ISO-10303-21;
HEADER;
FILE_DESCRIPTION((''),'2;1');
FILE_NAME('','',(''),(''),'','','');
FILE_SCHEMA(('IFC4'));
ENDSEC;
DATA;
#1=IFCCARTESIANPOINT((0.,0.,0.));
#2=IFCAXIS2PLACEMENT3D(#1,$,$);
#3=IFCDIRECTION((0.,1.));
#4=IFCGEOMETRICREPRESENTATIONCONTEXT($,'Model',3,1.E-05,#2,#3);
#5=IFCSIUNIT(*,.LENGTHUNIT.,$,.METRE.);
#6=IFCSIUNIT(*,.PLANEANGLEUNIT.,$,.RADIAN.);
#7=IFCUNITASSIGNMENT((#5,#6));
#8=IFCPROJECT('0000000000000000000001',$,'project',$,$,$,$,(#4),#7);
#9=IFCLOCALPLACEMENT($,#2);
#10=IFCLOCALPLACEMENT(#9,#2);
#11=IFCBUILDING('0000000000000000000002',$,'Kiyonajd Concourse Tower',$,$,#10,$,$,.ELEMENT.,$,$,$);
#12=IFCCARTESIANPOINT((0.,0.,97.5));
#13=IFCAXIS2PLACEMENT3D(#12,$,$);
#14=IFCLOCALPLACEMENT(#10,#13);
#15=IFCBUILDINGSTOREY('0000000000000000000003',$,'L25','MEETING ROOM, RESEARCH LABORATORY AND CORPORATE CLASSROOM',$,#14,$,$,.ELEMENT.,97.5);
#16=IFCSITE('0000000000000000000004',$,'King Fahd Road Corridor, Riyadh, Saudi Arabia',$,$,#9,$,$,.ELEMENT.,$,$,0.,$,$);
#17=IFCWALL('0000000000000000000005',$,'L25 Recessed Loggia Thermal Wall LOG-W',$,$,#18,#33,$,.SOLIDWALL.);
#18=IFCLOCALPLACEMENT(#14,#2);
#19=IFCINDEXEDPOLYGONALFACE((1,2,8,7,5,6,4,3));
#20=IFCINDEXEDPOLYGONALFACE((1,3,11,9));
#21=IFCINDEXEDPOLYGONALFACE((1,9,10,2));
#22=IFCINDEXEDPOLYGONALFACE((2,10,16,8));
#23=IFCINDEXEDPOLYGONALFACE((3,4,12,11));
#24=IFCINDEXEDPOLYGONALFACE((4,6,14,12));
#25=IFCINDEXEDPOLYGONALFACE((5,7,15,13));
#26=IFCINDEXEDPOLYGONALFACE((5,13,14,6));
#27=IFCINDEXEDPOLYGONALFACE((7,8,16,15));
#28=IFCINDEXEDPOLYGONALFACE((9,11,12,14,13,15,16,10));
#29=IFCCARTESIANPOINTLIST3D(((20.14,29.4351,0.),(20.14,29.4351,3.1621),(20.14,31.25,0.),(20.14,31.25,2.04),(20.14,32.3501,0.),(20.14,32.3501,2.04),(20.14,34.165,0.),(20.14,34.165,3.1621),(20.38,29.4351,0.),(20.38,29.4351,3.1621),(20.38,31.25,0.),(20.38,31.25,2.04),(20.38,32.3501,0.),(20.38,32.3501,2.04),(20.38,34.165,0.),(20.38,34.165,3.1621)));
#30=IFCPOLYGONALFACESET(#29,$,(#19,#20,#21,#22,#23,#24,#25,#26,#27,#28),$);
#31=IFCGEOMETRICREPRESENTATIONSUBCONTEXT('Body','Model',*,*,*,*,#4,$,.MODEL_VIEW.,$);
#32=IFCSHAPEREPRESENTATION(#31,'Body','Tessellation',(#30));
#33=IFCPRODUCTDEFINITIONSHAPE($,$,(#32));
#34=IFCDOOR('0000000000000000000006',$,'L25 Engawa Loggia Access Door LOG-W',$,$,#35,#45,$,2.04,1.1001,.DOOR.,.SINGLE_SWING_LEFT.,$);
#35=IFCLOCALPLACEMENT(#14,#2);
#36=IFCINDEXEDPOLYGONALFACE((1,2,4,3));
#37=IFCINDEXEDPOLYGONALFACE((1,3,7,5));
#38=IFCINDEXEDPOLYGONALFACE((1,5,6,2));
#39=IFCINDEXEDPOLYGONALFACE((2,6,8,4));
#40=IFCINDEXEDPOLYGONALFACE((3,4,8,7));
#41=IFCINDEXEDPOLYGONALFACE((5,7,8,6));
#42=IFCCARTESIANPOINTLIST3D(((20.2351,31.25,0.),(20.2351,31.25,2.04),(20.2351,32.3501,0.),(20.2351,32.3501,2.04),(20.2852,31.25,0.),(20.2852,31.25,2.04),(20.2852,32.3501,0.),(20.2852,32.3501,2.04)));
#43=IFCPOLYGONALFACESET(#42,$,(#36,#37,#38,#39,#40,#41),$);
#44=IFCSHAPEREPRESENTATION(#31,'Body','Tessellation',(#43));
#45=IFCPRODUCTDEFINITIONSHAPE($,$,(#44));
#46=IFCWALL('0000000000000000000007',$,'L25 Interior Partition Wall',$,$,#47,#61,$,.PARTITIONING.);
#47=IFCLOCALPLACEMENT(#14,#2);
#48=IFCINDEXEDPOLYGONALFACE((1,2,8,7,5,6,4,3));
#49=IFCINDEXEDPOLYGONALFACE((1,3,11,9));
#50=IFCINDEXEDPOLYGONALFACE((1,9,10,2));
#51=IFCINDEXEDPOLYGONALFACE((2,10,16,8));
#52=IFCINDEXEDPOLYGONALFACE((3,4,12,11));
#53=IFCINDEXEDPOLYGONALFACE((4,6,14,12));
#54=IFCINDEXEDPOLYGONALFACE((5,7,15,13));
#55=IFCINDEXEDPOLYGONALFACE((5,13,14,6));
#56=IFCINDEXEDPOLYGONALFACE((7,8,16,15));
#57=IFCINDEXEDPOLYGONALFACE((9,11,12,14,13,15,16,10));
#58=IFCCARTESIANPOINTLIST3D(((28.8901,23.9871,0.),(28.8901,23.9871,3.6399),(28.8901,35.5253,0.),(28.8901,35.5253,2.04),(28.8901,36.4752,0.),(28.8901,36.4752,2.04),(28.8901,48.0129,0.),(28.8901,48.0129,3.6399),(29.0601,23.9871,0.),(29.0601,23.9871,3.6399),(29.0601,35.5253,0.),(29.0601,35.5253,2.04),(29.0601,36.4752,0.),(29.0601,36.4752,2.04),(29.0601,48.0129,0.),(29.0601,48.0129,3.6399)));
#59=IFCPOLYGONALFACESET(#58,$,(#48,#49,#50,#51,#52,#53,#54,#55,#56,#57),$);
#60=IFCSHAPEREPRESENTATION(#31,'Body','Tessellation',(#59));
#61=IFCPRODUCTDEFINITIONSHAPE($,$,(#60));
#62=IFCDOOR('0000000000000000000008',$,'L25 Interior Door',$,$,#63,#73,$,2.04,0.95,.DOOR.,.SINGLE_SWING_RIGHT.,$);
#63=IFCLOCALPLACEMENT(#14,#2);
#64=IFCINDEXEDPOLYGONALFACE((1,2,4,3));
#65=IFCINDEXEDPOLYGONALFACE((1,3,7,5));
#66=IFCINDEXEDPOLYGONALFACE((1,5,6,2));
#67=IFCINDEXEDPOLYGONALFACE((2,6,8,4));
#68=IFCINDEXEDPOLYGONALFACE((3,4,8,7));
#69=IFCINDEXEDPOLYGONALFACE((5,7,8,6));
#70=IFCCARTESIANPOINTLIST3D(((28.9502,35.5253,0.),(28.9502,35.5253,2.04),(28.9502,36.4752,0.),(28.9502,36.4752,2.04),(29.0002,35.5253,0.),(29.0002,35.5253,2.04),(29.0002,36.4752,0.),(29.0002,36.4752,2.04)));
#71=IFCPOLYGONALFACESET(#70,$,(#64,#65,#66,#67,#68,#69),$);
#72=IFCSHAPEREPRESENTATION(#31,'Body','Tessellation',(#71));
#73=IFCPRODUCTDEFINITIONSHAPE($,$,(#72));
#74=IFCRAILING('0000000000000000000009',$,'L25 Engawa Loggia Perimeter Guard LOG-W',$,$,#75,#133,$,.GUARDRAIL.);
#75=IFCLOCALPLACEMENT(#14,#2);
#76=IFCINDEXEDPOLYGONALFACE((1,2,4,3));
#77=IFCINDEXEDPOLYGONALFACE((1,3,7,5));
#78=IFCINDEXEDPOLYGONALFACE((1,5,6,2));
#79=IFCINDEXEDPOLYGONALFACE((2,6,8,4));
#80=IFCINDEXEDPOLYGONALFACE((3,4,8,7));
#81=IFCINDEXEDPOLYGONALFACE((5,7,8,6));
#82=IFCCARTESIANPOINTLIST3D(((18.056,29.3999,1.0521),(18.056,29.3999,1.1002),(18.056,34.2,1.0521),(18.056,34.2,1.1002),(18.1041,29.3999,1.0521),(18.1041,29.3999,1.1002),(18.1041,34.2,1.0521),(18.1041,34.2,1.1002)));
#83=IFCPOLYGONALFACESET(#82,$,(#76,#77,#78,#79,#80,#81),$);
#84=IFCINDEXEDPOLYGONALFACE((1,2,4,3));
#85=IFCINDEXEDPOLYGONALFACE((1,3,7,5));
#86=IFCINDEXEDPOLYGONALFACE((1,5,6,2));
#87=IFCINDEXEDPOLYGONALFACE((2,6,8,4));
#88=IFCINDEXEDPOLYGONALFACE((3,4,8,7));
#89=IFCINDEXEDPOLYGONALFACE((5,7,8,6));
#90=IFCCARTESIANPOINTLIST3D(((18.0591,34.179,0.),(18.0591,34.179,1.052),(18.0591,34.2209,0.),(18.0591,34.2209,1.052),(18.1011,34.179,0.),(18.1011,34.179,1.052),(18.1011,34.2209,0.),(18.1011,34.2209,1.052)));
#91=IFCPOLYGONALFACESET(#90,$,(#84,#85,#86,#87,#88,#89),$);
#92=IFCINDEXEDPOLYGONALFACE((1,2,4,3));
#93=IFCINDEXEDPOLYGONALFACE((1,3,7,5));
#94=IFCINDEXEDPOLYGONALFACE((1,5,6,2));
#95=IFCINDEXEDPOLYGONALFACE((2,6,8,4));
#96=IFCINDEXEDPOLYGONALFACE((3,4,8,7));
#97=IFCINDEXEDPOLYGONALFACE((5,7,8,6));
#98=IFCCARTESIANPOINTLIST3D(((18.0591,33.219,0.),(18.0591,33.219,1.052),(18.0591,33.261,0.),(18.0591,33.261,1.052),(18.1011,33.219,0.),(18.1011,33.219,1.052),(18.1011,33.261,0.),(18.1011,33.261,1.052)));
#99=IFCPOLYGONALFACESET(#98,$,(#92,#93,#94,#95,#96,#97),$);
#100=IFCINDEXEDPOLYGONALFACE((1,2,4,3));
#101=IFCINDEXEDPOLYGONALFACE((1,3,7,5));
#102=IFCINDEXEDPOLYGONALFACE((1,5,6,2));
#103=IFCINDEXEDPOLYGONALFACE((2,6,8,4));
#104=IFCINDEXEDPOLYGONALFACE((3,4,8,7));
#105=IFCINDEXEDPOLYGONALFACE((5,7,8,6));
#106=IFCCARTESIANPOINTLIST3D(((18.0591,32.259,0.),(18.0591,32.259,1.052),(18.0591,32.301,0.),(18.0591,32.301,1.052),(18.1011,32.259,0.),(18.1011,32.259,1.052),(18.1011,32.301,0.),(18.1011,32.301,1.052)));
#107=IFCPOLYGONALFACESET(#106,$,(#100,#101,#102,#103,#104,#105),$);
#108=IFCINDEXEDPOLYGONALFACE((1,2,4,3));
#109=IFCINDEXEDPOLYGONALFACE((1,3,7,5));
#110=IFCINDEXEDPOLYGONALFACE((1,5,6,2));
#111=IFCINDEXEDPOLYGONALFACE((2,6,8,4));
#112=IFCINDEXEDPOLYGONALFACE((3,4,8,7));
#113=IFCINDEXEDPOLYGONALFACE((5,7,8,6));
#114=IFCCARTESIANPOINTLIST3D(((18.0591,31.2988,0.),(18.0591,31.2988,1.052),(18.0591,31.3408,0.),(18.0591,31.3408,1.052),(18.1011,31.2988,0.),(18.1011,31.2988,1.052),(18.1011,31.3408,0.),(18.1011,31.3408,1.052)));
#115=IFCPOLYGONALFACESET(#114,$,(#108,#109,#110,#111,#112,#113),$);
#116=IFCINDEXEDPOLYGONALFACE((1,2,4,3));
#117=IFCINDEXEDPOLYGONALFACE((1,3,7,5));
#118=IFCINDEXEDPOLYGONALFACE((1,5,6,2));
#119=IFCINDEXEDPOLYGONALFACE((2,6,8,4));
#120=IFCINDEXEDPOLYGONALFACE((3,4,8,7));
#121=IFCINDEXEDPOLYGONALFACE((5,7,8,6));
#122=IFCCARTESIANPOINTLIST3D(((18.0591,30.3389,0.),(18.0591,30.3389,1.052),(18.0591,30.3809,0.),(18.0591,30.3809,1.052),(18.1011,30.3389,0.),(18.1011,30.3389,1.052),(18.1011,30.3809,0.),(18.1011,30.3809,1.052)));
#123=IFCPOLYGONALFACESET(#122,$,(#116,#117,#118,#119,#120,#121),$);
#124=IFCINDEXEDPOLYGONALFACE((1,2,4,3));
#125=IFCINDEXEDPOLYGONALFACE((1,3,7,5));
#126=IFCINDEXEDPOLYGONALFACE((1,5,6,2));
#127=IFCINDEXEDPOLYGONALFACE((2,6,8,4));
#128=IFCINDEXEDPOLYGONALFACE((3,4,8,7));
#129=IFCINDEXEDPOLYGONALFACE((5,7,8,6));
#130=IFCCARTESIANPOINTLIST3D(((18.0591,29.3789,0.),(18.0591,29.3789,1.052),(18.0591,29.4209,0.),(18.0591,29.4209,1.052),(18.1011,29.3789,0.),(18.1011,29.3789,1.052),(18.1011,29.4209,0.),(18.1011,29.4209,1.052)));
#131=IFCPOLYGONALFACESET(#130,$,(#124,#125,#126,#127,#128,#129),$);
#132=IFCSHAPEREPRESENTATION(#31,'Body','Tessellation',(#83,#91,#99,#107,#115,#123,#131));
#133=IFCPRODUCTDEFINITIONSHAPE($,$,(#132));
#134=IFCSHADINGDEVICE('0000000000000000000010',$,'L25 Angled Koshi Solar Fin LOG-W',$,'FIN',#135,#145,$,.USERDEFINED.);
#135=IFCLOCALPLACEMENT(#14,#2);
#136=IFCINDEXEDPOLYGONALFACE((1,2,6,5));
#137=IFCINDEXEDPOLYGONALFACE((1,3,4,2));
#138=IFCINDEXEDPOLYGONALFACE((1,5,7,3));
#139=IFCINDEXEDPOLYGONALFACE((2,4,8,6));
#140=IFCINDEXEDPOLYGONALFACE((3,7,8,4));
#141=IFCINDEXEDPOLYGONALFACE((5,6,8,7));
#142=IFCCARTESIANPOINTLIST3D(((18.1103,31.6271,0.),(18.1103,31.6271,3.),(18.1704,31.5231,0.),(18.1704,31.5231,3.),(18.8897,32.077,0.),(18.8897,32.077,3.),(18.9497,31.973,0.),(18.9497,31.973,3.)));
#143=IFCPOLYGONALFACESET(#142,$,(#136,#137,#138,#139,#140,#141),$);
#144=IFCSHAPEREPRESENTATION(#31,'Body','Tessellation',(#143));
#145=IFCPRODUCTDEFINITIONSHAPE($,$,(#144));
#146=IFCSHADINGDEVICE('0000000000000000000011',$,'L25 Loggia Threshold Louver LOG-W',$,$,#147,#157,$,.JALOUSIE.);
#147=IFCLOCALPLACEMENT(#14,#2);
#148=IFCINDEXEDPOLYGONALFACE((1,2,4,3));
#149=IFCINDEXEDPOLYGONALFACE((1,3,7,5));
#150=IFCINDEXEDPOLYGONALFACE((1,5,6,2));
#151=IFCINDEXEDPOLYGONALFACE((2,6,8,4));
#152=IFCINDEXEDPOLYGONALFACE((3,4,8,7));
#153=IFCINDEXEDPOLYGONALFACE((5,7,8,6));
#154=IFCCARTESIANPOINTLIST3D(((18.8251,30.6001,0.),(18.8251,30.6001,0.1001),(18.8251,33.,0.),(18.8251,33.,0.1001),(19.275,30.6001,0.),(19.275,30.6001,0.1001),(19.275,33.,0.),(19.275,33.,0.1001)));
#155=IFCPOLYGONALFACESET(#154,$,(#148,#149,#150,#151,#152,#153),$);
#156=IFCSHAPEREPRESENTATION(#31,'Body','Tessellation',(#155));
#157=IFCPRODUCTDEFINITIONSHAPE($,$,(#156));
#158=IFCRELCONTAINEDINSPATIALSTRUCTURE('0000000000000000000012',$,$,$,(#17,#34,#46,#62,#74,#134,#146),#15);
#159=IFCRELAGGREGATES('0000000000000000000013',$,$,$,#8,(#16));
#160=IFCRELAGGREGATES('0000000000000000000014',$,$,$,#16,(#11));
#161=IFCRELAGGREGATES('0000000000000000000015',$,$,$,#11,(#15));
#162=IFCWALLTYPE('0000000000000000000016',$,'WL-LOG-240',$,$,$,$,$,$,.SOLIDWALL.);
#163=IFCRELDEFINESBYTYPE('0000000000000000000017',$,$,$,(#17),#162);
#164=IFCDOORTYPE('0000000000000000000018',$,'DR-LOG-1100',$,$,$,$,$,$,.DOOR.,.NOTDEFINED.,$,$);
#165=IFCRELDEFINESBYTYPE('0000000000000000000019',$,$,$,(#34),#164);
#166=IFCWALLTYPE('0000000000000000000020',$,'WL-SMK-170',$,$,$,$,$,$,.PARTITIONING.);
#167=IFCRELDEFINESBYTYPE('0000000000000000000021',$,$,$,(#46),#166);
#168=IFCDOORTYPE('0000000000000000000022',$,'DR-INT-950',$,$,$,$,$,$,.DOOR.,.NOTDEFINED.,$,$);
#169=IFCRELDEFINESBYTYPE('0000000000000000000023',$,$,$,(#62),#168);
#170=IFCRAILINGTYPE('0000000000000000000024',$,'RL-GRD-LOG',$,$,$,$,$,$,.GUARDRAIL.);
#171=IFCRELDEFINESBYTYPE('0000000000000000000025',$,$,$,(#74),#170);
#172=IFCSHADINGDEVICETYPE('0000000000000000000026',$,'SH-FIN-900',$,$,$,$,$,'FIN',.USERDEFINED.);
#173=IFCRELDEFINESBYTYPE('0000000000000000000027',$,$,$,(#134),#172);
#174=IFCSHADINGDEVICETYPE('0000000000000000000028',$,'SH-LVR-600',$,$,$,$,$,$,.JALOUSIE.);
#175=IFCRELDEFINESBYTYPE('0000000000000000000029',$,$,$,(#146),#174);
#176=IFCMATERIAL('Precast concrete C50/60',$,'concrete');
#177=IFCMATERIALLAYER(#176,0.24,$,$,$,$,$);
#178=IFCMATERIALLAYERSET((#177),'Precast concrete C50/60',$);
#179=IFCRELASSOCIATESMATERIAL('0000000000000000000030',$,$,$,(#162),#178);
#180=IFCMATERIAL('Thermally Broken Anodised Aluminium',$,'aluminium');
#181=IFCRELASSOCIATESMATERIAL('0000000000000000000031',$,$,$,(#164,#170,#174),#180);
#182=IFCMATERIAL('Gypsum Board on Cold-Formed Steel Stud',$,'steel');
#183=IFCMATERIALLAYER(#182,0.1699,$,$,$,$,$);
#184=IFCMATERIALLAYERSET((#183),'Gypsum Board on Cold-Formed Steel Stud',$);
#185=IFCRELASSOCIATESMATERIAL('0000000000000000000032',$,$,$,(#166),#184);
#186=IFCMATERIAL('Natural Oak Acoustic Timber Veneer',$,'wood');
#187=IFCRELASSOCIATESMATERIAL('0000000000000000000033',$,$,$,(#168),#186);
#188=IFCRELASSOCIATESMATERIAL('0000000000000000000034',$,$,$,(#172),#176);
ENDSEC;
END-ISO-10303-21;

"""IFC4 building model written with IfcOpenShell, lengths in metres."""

from ifc_helpers import new_model, si_unit, direction, frame, frame_2d, origin, origin_2d, place, context, subcontext, project, spatial, rectangle, extrude, material, layer, layer_set, type_object, element, fill, save


model = new_model("IFC4")

# Units and contexts
model_context = context("Model", 3, precision=1e-05, world=origin(), true_north=direction((0.0, 1.0)))
body_context = subcontext(model_context, "Body", "Model", "MODEL_VIEW")
ifc_project = project(units=[si_unit("LENGTHUNIT", "METRE"), si_unit("PLANEANGLEUNIT", "RADIAN")], contexts=[model_context])

# Site, building, storey
site_placement = place(None, origin())
site = spatial("IfcSite", under=ifc_project, at=site_placement, Name="King Fahd Road Corridor, Riyadh, Saudi Arabia", CompositionType="ELEMENT", RefElevation=0.0)
building_placement = place(site_placement, origin())
building = spatial("IfcBuilding", under=site, at=building_placement, Name="Kiyonajd Concourse Tower", CompositionType="ELEMENT")
storey_placement = place(building_placement, frame((0.0, 0.0, 97.5)))
storey = spatial("IfcBuildingStorey", under=building, at=storey_placement, Name="L25", Description="MEETING ROOM, RESEARCH LABORATORY AND CORPORATE CLASSROOM", CompositionType="ELEMENT", Elevation=97.5)

# Shared definitions
ifc_material_1 = material(Name="Precast concrete C50/60", Category="concrete")

# Shared definitions
ifc_material_2 = material(Name="Thermally Broken Anodised Aluminium", Category="aluminium")

# Walls, openings, doors
ifc_layer_1 = layer(ifc_material_1, 0.24)
ifc_layer_set_1 = layer_set([ifc_layer_1], Name="Precast concrete C50/60")
wall_type_1 = type_object("IfcWallType", Name="WL-LOG-240", PredefinedType="SOLIDWALL", material=ifc_layer_set_1)
wall_1_placement = place(storey_placement, frame((20.26, 29.4351, 0.0), z_axis=(0.0, 0.0, 1.0), x_axis=(0.0, 1.0, 0.0)))
wall_1 = element("IfcWall", 1, at=wall_1_placement, inside=storey, type_object=wall_type_1, Name="L25 Recessed Loggia Thermal Wall LOG-W", PredefinedType="SOLIDWALL", context=body_context, shape_type="SweptSolid", body=[
    extrude(rectangle(XDim=4.73, YDim=0.24, at=frame_2d((2.365, 0.0))), origin(), (0.0, 0.0, 1.0), 3.1621),
])
opening_1_placement = place(wall_1_placement, frame((1.8149, 0.0, 0.0)))
opening_1 = element("IfcOpeningElement", 2, at=opening_1_placement, cuts=wall_1, PredefinedType="OPENING", context=body_context, shape_type="SweptSolid", body=[
    extrude(rectangle(XDim=1.1001, YDim=2.04, at=frame_2d((0.55, 1.02))), frame((0.0, 0.1299, 0.0), z_axis=(0.0, -1.0, 0.0), x_axis=(1.0, 0.0, 0.0)), (0.0, 0.0, 1.0), 0.26),
])
door_type_1 = type_object("IfcDoorType", Name="DR-LOG-1100", OperationType="NOTDEFINED", PredefinedType="DOOR", material=ifc_material_2)
door_1_placement = place(opening_1_placement, origin())
door_1 = element("IfcDoor", 3, at=door_1_placement, inside=storey, type_object=door_type_1, Name="L25 Engawa Loggia Access Door LOG-W", OperationType="SINGLE_SWING_LEFT", OverallHeight=2.04, OverallWidth=1.1001, PredefinedType="DOOR", context=body_context, shape_type="SweptSolid", body=[
    extrude(rectangle(XDim=1.1001, YDim=2.04, at=frame_2d((0.55, 1.02))), frame((0.0, 0.0249, 0.0), z_axis=(0.0, -1.0, 0.0), x_axis=(1.0, 0.0, 0.0)), (0.0, 0.0, 1.0), 0.05),
])
fill(opening_1, door_1)
ifc_material_3 = material(Name="Gypsum Board on Cold-Formed Steel Stud", Category="steel")
ifc_layer_2 = layer(ifc_material_3, 0.1699)
ifc_layer_set_2 = layer_set([ifc_layer_2], Name="Gypsum Board on Cold-Formed Steel Stud")
wall_type_2 = type_object("IfcWallType", Name="WL-SMK-170", PredefinedType="PARTITIONING", material=ifc_layer_set_2)
wall_2_placement = place(storey_placement, frame((28.9751, 23.9871, 0.0), z_axis=(0.0, 0.0, 1.0), x_axis=(0.0, 1.0, 0.0)))
wall_2 = element("IfcWall", 4, at=wall_2_placement, inside=storey, type_object=wall_type_2, Name="L25 Interior Partition Wall", PredefinedType="PARTITIONING", context=body_context, shape_type="SweptSolid", body=[
    extrude(rectangle(XDim=24.0259, YDim=0.1699, at=frame_2d((12.0129, 0.0))), origin(), (0.0, 0.0, 1.0), 3.6399),
])
opening_2_placement = place(wall_2_placement, frame((11.5381, 0.0, 0.0)))
opening_2 = element("IfcOpeningElement", 5, at=opening_2_placement, cuts=wall_2, PredefinedType="OPENING", context=body_context, shape_type="SweptSolid", body=[
    extrude(rectangle(XDim=0.95, YDim=2.04, at=frame_2d((0.4751, 1.02))), frame((0.0, 0.095, 0.0), z_axis=(0.0, -1.0, 0.0), x_axis=(1.0, 0.0, 0.0)), (0.0, 0.0, 1.0), 0.1899),
])
ifc_material_4 = material(Name="Natural Oak Acoustic Timber Veneer", Category="wood")
door_type_2 = type_object("IfcDoorType", Name="DR-INT-950", OperationType="NOTDEFINED", PredefinedType="DOOR", material=ifc_material_4)
door_2_placement = place(opening_2_placement, origin())
door_2 = element("IfcDoor", 6, at=door_2_placement, inside=storey, type_object=door_type_2, Name="L25 Interior Door", OperationType="SINGLE_SWING_RIGHT", OverallHeight=2.04, OverallWidth=0.95, PredefinedType="DOOR", context=body_context, shape_type="SweptSolid", body=[
    extrude(rectangle(XDim=0.95, YDim=2.04, at=frame_2d((0.4751, 1.02))), frame((0.0, 0.0249, 0.0), z_axis=(0.0, -1.0, 0.0), x_axis=(1.0, 0.0, 0.0)), (0.0, 0.0, 1.0), 0.05),
])
fill(opening_2, door_2)

# Railing
railing_type = type_object("IfcRailingType", Name="RL-GRD-LOG", PredefinedType="GUARDRAIL", material=ifc_material_2)
railing_placement = place(storey_placement, frame((18.0801, 34.2, 0.0)))
element("IfcRailing", 7, at=railing_placement, inside=storey, type_object=railing_type, Name="L25 Engawa Loggia Perimeter Guard LOG-W", PredefinedType="GUARDRAIL", context=body_context, shape_type="SweptSolid", body=[
    extrude(rectangle(XDim=0.0481, YDim=0.0481, at=origin_2d()), frame((0.0, 0.0, 1.0762), z_axis=(0.0, -1.0, 0.0), x_axis=(1.0, 0.0, 0.0)), (0.0, 0.0, 1.0), 4.8),
    extrude(rectangle(XDim=0.042, YDim=0.042, at=origin_2d()), origin(), (0.0, 0.0, 1.0), 1.052),
    extrude(rectangle(XDim=0.042, YDim=0.042, at=origin_2d()), frame((0.0, -0.96, 0.0)), (0.0, 0.0, 1.0), 1.052),
    extrude(rectangle(XDim=0.042, YDim=0.042, at=origin_2d()), frame((0.0, -1.9199, 0.0)), (0.0, 0.0, 1.0), 1.052),
    extrude(rectangle(XDim=0.042, YDim=0.042, at=origin_2d()), frame((0.0, -2.8801, 0.0)), (0.0, 0.0, 1.0), 1.052),
    extrude(rectangle(XDim=0.042, YDim=0.042, at=origin_2d()), frame((0.0, -3.8401, 0.0)), (0.0, 0.0, 1.0), 1.052),
    extrude(rectangle(XDim=0.042, YDim=0.042, at=origin_2d()), frame((0.0, -4.8, 0.0)), (0.0, 0.0, 1.0), 1.052),
])

# Shading devices
shading_device_type_1 = type_object("IfcShadingDeviceType", Name="SH-FIN-900", ElementType="FIN", PredefinedType="USERDEFINED", material=ifc_material_1)
shading_device_1_placement = place(storey_placement, frame((18.53, 31.8, 0.0), z_axis=(0.0, 0.0, 1.0), x_axis=(0.866025, 0.5, 0.0)))
element("IfcShadingDevice", 8, at=shading_device_1_placement, inside=storey, type_object=shading_device_type_1, Name="L25 Angled Koshi Solar Fin LOG-W", ObjectType="FIN", PredefinedType="USERDEFINED", context=body_context, shape_type="SweptSolid", body=[
    extrude(rectangle(XDim=0.8999, YDim=0.1201, at=origin_2d()), origin(), (0.0, 0.0, 1.0), 3.0),
])
shading_device_type_2 = type_object("IfcShadingDeviceType", Name="SH-LVR-600", PredefinedType="JALOUSIE", material=ifc_material_2)
shading_device_2_placement = place(storey_placement, frame((19.05, 31.8, 0.0), z_axis=(0.0, 0.0, 1.0), x_axis=(0.0, 1.0, 0.0)))
element("IfcShadingDevice", 9, at=shading_device_2_placement, inside=storey, type_object=shading_device_type_2, Name="L25 Loggia Threshold Louver LOG-W", PredefinedType="JALOUSIE", context=body_context, shape_type="SweptSolid", body=[
    extrude(rectangle(XDim=2.3999, YDim=0.45, at=origin_2d()), origin(), (0.0, 0.0, 1.0), 0.1001),
])

save(model, "model.ifc")
